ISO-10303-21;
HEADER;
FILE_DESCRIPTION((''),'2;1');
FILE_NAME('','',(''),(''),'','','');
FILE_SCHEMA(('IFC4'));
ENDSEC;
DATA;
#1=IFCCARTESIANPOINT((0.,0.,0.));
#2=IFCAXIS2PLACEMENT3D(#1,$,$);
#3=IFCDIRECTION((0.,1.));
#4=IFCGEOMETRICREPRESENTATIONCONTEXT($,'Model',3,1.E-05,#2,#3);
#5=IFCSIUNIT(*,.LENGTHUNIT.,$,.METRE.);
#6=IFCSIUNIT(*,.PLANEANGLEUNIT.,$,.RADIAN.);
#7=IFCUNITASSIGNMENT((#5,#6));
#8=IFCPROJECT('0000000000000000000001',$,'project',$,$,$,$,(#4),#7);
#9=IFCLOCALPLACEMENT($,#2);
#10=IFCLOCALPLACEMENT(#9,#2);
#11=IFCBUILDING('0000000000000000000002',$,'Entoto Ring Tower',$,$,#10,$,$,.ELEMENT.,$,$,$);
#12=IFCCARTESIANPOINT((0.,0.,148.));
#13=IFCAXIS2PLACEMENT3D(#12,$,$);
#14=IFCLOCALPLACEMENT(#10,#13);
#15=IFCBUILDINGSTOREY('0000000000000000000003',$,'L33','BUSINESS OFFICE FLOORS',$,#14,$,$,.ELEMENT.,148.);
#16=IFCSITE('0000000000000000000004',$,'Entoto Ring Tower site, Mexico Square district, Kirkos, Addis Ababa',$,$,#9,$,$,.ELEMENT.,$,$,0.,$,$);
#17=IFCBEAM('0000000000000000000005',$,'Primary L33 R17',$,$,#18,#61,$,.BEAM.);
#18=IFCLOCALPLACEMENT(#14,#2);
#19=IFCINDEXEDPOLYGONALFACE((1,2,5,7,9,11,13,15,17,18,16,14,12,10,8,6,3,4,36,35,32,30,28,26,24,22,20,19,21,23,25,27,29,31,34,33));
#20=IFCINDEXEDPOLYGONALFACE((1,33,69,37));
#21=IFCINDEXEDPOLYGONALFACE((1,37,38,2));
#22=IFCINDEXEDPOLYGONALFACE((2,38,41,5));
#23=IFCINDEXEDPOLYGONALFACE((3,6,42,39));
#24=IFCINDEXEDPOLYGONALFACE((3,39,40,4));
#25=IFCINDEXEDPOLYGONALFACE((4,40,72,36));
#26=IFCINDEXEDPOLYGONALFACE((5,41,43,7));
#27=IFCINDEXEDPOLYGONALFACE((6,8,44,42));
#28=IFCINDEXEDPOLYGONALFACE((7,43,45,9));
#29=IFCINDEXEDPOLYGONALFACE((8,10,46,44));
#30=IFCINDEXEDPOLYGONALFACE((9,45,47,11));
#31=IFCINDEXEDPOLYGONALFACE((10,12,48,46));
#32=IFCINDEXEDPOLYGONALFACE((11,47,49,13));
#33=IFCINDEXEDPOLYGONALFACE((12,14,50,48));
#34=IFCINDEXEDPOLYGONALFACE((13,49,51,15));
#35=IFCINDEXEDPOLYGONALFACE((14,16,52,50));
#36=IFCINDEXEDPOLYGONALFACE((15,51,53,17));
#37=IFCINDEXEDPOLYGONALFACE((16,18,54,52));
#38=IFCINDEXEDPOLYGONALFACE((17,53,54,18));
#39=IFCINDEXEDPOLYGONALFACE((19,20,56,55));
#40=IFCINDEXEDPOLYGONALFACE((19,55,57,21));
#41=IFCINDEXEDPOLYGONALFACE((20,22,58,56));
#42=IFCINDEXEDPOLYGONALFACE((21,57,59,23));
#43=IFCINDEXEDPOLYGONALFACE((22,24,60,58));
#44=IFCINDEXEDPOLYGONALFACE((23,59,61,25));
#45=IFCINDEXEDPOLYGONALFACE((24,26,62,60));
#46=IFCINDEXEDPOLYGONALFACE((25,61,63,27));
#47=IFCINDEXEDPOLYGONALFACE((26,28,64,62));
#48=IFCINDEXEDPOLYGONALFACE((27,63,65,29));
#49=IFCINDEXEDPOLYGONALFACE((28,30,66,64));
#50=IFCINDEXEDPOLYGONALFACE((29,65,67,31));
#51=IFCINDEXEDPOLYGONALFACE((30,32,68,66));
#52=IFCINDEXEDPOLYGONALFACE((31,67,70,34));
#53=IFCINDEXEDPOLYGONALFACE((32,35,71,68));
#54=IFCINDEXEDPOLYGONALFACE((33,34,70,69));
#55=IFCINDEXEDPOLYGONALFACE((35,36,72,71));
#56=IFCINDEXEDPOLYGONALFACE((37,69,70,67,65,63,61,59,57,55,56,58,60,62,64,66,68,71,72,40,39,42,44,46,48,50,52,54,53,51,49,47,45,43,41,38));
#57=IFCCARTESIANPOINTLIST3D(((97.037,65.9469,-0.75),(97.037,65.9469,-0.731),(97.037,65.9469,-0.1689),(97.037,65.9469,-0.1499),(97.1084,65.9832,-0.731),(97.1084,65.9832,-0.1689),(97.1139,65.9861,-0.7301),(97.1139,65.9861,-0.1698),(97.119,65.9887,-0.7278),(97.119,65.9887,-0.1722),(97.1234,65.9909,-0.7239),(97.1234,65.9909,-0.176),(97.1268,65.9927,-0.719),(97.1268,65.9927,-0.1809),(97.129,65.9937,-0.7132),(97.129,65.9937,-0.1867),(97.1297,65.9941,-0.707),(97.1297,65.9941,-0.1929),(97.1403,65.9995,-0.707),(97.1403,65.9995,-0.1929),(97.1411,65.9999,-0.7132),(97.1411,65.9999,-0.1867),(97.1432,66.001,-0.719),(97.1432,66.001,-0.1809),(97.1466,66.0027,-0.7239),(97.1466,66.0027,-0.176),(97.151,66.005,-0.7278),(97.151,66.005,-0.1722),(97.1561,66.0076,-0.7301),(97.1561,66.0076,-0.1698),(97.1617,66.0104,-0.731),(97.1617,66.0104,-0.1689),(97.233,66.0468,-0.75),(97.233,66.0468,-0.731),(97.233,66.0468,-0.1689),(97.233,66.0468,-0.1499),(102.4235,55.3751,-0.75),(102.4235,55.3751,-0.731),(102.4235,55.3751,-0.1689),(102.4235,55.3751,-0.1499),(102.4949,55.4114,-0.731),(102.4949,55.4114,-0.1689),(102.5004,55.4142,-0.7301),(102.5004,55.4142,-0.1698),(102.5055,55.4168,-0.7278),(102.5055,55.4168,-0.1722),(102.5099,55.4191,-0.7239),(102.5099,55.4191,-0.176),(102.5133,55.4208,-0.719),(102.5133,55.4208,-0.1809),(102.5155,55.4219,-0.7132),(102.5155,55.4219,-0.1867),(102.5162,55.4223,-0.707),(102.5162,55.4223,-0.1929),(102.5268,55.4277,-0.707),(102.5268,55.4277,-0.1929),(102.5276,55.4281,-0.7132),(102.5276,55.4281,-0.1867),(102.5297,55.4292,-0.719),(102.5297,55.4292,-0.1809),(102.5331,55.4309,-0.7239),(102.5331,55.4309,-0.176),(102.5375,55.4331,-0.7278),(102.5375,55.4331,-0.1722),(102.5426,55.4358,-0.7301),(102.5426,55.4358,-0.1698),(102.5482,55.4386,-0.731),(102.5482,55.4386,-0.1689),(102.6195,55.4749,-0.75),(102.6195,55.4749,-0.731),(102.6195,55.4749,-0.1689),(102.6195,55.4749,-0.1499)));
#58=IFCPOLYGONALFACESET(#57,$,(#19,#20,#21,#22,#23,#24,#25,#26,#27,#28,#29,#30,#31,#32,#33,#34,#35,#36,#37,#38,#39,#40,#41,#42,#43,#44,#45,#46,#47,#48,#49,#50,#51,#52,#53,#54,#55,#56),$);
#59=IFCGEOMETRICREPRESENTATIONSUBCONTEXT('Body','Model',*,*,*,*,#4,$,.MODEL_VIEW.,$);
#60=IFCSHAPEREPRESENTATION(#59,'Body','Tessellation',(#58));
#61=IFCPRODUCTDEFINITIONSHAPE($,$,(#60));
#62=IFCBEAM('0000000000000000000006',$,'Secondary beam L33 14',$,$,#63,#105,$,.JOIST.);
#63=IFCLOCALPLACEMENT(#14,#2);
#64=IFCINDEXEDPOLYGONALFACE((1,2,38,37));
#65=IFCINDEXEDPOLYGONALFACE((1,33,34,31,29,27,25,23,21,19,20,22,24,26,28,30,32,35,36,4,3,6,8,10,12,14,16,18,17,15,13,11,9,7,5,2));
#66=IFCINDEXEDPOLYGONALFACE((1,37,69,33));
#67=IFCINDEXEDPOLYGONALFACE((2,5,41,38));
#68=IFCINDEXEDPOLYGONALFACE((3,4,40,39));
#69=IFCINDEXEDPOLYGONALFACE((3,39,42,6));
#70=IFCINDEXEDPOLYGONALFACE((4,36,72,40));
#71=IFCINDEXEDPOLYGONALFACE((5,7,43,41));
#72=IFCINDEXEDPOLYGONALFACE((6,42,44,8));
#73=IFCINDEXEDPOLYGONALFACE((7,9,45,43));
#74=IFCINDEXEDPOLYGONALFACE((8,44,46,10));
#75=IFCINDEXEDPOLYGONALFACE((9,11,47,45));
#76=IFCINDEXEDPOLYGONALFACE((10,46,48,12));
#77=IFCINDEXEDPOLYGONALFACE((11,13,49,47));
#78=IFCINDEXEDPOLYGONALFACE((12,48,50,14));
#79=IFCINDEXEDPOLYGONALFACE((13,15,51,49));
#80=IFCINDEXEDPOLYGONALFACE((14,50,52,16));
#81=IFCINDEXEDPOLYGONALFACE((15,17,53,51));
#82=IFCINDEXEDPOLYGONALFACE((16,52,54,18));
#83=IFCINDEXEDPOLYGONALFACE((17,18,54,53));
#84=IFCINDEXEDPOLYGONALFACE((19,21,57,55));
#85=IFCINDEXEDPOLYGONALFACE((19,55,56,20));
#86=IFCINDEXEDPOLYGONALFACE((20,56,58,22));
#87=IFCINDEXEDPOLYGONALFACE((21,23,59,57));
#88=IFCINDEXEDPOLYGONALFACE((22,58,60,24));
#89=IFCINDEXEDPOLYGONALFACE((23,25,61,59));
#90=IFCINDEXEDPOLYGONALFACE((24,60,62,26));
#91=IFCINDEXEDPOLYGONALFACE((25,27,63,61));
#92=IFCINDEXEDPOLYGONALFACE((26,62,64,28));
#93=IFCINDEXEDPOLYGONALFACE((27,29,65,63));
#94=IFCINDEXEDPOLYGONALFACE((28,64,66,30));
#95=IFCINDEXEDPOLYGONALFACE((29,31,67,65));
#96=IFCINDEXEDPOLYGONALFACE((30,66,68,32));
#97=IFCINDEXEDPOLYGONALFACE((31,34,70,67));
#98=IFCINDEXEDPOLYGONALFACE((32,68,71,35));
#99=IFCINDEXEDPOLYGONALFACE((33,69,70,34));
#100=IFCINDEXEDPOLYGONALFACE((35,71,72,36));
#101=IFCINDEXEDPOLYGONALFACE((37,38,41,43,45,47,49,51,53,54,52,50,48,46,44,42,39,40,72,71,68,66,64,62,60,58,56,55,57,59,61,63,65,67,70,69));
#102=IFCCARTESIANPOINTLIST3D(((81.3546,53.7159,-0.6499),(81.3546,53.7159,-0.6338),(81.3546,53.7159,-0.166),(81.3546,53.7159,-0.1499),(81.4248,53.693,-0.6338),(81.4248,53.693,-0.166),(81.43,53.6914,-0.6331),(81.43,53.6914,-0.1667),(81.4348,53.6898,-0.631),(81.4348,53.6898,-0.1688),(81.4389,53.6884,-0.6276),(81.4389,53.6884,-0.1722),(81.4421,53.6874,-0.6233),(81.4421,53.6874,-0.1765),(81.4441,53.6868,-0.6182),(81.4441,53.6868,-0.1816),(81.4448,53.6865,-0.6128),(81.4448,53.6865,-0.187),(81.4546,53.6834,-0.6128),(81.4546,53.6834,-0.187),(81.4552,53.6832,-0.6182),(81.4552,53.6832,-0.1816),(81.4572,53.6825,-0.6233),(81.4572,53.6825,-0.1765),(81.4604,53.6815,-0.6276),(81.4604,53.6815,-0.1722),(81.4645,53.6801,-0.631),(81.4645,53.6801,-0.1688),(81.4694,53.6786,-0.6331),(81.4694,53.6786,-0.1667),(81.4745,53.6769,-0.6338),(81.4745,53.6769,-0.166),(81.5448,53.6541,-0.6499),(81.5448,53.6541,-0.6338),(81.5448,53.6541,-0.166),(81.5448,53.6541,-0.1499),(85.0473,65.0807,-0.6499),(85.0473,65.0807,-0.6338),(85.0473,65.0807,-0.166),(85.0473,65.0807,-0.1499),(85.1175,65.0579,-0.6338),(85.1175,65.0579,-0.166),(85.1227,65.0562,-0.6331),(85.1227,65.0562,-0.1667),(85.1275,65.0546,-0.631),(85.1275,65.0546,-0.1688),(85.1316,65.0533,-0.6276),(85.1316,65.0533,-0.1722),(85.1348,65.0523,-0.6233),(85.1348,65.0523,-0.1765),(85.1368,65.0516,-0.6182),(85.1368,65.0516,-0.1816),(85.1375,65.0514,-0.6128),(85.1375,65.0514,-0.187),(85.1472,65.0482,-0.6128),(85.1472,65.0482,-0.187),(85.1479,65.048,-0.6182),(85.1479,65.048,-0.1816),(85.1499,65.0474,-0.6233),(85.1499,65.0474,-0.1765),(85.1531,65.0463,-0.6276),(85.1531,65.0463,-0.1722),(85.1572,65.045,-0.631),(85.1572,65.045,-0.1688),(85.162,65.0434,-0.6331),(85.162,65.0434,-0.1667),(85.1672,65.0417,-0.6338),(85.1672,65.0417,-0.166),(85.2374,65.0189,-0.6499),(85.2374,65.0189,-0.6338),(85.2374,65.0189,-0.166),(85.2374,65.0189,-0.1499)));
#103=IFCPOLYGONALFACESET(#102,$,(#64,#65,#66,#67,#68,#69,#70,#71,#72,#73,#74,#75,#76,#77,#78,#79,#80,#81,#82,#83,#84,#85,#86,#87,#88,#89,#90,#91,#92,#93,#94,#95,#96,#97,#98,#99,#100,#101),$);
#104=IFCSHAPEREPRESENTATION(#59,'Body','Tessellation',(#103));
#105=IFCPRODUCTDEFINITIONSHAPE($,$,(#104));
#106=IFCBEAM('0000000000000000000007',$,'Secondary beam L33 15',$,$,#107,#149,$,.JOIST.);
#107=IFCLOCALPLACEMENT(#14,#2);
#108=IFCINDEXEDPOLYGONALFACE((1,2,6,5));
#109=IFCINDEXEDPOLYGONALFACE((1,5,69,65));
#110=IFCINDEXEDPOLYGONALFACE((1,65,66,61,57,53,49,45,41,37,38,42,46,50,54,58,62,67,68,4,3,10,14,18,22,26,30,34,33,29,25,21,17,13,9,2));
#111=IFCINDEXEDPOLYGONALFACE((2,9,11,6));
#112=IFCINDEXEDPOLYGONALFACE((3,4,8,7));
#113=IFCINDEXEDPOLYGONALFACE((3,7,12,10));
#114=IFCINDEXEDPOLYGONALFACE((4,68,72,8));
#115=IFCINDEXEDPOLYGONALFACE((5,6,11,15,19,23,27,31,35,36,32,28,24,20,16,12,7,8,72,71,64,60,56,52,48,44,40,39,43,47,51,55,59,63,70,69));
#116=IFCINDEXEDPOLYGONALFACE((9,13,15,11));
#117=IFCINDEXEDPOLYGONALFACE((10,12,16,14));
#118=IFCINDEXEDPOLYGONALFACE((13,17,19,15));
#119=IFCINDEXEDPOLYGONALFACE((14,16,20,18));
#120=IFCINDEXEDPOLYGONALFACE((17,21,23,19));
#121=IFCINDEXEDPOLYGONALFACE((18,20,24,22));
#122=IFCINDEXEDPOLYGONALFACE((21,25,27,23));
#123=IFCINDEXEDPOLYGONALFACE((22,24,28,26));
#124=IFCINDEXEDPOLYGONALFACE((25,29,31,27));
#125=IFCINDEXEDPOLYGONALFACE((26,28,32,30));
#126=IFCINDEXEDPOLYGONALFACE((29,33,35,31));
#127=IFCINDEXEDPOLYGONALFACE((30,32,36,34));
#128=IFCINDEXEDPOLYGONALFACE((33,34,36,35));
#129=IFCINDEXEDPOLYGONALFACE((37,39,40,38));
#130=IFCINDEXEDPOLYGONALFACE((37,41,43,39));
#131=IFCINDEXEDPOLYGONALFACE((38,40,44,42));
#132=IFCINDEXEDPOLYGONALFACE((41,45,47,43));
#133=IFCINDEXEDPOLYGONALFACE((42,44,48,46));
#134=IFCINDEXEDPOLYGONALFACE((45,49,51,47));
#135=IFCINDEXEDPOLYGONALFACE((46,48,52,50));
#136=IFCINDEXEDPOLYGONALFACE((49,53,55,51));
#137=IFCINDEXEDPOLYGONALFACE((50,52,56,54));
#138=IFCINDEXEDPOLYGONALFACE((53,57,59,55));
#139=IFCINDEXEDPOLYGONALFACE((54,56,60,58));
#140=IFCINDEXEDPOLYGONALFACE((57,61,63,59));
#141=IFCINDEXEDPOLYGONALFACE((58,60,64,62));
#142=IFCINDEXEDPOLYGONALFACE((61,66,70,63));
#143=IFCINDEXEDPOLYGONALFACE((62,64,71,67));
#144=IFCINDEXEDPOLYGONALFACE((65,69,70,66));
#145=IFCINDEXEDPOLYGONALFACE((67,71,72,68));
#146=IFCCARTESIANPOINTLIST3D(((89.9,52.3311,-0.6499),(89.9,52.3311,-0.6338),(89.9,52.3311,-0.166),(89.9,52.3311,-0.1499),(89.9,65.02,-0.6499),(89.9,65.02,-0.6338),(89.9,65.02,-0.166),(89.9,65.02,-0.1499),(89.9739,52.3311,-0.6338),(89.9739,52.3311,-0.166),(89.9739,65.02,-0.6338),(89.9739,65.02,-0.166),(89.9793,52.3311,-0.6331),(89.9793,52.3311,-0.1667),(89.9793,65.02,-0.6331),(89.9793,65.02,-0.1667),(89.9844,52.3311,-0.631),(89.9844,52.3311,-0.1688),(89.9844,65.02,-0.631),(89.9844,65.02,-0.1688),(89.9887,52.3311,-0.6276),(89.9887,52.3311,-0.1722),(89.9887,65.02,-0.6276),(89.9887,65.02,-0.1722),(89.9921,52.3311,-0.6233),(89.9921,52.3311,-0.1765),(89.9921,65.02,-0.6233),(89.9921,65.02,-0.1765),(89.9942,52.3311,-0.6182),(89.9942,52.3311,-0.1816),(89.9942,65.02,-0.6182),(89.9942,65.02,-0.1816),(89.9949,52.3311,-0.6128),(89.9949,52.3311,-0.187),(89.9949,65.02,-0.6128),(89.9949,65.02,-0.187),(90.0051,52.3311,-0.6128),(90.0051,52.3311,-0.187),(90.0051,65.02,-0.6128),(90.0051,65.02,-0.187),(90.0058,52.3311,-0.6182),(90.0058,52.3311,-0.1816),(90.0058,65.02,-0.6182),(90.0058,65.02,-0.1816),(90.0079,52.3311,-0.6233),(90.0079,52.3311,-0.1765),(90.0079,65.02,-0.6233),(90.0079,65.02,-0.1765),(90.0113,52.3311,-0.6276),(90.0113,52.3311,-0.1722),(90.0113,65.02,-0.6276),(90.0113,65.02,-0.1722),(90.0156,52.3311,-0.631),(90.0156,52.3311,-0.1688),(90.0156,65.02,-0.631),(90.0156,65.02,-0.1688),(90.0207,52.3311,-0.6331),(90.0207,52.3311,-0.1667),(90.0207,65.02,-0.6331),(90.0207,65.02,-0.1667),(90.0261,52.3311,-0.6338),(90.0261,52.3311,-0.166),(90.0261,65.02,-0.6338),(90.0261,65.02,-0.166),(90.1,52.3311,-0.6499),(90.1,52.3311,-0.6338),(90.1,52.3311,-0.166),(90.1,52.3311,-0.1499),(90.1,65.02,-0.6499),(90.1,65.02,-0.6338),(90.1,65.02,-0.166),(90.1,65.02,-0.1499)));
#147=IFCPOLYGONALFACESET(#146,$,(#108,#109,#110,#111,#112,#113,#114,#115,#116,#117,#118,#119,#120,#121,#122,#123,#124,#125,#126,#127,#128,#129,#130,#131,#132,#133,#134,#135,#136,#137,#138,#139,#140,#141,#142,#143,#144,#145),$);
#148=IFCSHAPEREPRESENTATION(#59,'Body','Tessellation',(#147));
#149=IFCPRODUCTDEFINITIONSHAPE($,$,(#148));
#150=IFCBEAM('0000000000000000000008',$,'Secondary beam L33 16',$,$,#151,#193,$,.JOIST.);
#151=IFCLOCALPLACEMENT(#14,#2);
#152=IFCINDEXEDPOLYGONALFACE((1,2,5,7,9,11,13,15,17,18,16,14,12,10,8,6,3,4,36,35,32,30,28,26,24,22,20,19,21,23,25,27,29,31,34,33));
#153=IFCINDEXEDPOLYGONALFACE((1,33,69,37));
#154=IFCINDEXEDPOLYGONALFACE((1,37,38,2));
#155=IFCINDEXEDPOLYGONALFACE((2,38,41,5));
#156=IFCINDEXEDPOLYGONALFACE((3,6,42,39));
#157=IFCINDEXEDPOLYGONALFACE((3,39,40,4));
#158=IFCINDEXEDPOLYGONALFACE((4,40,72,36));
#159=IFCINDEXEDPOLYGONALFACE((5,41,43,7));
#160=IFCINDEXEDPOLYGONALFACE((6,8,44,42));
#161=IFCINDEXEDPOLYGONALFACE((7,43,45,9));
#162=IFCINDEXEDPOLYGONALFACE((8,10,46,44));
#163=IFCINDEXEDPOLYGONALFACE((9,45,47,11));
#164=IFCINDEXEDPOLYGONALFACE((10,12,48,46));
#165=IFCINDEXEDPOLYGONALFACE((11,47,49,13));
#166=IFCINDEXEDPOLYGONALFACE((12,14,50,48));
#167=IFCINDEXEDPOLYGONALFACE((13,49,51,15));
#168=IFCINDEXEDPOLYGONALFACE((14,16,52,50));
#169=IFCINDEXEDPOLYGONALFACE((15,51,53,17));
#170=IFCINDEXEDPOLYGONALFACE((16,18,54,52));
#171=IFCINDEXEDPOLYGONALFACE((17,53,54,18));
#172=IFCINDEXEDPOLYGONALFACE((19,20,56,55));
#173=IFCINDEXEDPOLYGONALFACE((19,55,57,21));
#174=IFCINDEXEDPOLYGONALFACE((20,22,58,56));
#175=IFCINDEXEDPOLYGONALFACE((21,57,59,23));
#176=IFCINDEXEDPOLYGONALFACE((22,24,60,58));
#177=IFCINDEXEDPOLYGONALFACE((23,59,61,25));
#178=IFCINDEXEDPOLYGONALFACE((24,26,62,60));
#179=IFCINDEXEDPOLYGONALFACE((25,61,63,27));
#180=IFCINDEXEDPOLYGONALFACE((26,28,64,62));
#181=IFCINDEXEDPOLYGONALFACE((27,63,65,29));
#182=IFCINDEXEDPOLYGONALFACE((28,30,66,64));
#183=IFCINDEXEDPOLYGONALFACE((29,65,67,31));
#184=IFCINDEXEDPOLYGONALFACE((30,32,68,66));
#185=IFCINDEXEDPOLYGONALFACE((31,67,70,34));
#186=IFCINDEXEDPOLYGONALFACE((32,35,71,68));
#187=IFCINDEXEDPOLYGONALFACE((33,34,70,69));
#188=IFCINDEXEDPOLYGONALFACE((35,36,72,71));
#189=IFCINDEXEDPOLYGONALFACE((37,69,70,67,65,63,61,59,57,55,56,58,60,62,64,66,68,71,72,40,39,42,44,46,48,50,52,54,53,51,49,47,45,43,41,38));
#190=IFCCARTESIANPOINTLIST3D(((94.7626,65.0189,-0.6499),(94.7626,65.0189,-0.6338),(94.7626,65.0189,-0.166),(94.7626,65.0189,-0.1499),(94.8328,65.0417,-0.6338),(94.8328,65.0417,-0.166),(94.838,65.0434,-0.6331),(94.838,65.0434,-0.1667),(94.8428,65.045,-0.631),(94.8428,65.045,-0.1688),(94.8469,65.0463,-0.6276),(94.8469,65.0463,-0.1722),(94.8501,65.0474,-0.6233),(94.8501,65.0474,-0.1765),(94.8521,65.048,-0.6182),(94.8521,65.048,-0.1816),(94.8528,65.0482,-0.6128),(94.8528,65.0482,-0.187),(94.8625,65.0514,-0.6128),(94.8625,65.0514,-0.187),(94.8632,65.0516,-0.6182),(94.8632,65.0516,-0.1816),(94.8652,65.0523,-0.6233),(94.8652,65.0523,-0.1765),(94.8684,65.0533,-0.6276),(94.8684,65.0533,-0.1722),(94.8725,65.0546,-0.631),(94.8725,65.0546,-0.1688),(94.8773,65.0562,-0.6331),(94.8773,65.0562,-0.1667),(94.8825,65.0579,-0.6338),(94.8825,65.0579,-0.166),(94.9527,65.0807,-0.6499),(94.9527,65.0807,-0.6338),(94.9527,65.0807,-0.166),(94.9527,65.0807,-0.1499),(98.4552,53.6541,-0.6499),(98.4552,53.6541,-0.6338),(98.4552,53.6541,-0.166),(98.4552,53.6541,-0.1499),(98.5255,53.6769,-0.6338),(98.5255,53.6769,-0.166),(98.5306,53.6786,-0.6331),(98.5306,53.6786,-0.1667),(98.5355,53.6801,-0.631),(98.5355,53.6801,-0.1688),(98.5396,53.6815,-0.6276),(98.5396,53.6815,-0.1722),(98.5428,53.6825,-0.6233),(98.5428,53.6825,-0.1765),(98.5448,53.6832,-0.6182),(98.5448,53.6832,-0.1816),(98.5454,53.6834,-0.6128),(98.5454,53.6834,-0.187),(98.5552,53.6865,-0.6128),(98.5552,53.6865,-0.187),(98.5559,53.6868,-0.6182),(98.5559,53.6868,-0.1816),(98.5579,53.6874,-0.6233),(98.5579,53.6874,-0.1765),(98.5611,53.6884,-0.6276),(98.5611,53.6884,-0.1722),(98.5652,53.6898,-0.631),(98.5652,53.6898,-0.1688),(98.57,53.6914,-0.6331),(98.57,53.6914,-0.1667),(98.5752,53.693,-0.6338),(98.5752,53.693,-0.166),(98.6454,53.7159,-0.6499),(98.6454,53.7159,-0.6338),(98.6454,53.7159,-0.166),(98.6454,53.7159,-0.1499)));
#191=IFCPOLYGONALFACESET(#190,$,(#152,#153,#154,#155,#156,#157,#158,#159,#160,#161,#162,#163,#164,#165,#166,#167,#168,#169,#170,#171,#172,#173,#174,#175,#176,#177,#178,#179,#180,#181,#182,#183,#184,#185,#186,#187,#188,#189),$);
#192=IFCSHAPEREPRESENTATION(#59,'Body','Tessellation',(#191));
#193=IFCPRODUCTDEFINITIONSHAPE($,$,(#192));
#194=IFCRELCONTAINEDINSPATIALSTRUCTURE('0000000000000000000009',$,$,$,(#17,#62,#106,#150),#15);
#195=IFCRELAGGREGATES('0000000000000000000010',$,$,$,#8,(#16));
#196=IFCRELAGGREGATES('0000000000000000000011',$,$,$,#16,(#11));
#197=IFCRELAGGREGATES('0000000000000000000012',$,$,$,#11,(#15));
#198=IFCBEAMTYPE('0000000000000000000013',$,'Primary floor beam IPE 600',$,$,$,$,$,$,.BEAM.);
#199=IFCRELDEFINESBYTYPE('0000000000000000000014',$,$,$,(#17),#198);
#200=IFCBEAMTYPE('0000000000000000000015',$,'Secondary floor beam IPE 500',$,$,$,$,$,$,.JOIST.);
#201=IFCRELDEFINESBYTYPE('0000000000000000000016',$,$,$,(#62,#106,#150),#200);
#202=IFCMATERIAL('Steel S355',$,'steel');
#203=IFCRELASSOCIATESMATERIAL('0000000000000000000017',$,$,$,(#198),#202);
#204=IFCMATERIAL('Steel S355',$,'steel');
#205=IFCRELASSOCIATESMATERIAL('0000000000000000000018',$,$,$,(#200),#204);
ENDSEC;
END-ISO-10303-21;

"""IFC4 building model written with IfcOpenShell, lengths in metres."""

from ifc_helpers import new_model, si_unit, direction, frame, origin, origin_2d, place, context, subcontext, project, spatial, i_section, extrude, material, material_profile, profile_set, type_object, element, save


model = new_model("IFC4")

# Units and contexts
model_context = context("Model", 3, precision=1e-05, world=origin(), true_north=direction((0.0, 1.0)))
body_context = subcontext(model_context, "Body", "Model", "MODEL_VIEW")
ifc_project = project(units=[si_unit("LENGTHUNIT", "METRE"), si_unit("PLANEANGLEUNIT", "RADIAN")], contexts=[model_context])

# Site, building, storey
site_placement = place(None, origin())
site = spatial("IfcSite", under=ifc_project, at=site_placement, Name="Entoto Ring Tower site, Mexico Square district, Kirkos, Addis Ababa", CompositionType="ELEMENT", RefElevation=0.0)
building_placement = place(site_placement, origin())
building = spatial("IfcBuilding", under=site, at=building_placement, Name="Entoto Ring Tower", CompositionType="ELEMENT")
storey_placement = place(building_placement, frame((0.0, 0.0, 148.0)))
storey = spatial("IfcBuildingStorey", under=building, at=storey_placement, Name="L33", Description="BUSINESS OFFICE FLOORS", CompositionType="ELEMENT", Elevation=148.0)

# Beams
ifc_material_1 = material(Name="Steel S355", Category="steel")
ifc_material_profile_1 = material_profile(ifc_material_1, i_section(OverallWidth=0.22, OverallDepth=0.6001, WebThickness=0.012, FlangeThickness=0.019, FilletRadius=0.0239, at=origin_2d()), Name="IPE 600")
ifc_profile_set_1 = profile_set([ifc_material_profile_1], Name="Steel S355")
beam_type_1 = type_object("IfcBeamType", Name="Primary floor beam IPE 600", PredefinedType="BEAM", material=ifc_profile_set_1)
beam_1_placement = place(storey_placement, frame((97.135, 65.9968, -0.45), z_axis=(0.453983, -0.89101, 0.0), x_axis=(0.89101, 0.453983, 0.0)))
element("IfcBeam", 1, at=beam_1_placement, inside=storey, type_object=beam_type_1, Name="Primary L33 R17", PredefinedType="BEAM", context=body_context, shape_type="SweptSolid", body=[
    extrude(i_section(OverallWidth=0.22, OverallDepth=0.6001, WebThickness=0.012, FlangeThickness=0.019, FilletRadius=0.0239, at=origin_2d()), origin(), (0.0, 0.0, 1.0), 11.865),
])
ifc_material_2 = material(Name="Steel S355", Category="steel")
ifc_material_profile_2 = material_profile(ifc_material_2, i_section(OverallWidth=0.2, OverallDepth=0.5, WebThickness=0.0103, FlangeThickness=0.0161, FilletRadius=0.021, at=origin_2d()), Name="IPE 500")
ifc_profile_set_2 = profile_set([ifc_material_profile_2], Name="Steel S355")
beam_type_2 = type_object("IfcBeamType", Name="Secondary floor beam IPE 500", PredefinedType="JOIST", material=ifc_profile_set_2)
beam_2_placement = place(storey_placement, frame((85.1423, 65.0498, -0.3999), z_axis=(-0.309017, -0.951057, 0.0), x_axis=(0.951057, -0.309017, 0.0)))
element("IfcBeam", 2, at=beam_2_placement, inside=storey, type_object=beam_type_2, Name="Secondary beam L33 14", PredefinedType="JOIST", context=body_context, shape_type="SweptSolid", body=[
    extrude(i_section(OverallWidth=0.2, OverallDepth=0.5, WebThickness=0.0103, FlangeThickness=0.0161, FilletRadius=0.021, at=origin_2d()), origin(), (0.0, 0.0, 1.0), 11.9497),
])
beam_3_placement = place(storey_placement, frame((90.0, 65.02, -0.3999), z_axis=(0.0, -1.0, 0.0), x_axis=(1.0, 0.0, 0.0)))
element("IfcBeam", 3, at=beam_3_placement, inside=storey, type_object=beam_type_2, Name="Secondary beam L33 15", PredefinedType="JOIST", context=body_context, shape_type="SweptSolid", body=[
    extrude(i_section(OverallWidth=0.2, OverallDepth=0.5, WebThickness=0.0103, FlangeThickness=0.0161, FilletRadius=0.021, at=origin_2d()), origin(), (0.0, 0.0, 1.0), 12.689),
])
beam_4_placement = place(storey_placement, frame((94.8577, 65.0498, -0.3999), z_axis=(0.309017, -0.951057, 0.0), x_axis=(0.951057, 0.309017, 0.0)))
element("IfcBeam", 4, at=beam_4_placement, inside=storey, type_object=beam_type_2, Name="Secondary beam L33 16", PredefinedType="JOIST", context=body_context, shape_type="SweptSolid", body=[
    extrude(i_section(OverallWidth=0.2, OverallDepth=0.5, WebThickness=0.0103, FlangeThickness=0.0161, FilletRadius=0.021, at=origin_2d()), origin(), (0.0, 0.0, 1.0), 11.9497),
])

save(model, "model.ifc")
